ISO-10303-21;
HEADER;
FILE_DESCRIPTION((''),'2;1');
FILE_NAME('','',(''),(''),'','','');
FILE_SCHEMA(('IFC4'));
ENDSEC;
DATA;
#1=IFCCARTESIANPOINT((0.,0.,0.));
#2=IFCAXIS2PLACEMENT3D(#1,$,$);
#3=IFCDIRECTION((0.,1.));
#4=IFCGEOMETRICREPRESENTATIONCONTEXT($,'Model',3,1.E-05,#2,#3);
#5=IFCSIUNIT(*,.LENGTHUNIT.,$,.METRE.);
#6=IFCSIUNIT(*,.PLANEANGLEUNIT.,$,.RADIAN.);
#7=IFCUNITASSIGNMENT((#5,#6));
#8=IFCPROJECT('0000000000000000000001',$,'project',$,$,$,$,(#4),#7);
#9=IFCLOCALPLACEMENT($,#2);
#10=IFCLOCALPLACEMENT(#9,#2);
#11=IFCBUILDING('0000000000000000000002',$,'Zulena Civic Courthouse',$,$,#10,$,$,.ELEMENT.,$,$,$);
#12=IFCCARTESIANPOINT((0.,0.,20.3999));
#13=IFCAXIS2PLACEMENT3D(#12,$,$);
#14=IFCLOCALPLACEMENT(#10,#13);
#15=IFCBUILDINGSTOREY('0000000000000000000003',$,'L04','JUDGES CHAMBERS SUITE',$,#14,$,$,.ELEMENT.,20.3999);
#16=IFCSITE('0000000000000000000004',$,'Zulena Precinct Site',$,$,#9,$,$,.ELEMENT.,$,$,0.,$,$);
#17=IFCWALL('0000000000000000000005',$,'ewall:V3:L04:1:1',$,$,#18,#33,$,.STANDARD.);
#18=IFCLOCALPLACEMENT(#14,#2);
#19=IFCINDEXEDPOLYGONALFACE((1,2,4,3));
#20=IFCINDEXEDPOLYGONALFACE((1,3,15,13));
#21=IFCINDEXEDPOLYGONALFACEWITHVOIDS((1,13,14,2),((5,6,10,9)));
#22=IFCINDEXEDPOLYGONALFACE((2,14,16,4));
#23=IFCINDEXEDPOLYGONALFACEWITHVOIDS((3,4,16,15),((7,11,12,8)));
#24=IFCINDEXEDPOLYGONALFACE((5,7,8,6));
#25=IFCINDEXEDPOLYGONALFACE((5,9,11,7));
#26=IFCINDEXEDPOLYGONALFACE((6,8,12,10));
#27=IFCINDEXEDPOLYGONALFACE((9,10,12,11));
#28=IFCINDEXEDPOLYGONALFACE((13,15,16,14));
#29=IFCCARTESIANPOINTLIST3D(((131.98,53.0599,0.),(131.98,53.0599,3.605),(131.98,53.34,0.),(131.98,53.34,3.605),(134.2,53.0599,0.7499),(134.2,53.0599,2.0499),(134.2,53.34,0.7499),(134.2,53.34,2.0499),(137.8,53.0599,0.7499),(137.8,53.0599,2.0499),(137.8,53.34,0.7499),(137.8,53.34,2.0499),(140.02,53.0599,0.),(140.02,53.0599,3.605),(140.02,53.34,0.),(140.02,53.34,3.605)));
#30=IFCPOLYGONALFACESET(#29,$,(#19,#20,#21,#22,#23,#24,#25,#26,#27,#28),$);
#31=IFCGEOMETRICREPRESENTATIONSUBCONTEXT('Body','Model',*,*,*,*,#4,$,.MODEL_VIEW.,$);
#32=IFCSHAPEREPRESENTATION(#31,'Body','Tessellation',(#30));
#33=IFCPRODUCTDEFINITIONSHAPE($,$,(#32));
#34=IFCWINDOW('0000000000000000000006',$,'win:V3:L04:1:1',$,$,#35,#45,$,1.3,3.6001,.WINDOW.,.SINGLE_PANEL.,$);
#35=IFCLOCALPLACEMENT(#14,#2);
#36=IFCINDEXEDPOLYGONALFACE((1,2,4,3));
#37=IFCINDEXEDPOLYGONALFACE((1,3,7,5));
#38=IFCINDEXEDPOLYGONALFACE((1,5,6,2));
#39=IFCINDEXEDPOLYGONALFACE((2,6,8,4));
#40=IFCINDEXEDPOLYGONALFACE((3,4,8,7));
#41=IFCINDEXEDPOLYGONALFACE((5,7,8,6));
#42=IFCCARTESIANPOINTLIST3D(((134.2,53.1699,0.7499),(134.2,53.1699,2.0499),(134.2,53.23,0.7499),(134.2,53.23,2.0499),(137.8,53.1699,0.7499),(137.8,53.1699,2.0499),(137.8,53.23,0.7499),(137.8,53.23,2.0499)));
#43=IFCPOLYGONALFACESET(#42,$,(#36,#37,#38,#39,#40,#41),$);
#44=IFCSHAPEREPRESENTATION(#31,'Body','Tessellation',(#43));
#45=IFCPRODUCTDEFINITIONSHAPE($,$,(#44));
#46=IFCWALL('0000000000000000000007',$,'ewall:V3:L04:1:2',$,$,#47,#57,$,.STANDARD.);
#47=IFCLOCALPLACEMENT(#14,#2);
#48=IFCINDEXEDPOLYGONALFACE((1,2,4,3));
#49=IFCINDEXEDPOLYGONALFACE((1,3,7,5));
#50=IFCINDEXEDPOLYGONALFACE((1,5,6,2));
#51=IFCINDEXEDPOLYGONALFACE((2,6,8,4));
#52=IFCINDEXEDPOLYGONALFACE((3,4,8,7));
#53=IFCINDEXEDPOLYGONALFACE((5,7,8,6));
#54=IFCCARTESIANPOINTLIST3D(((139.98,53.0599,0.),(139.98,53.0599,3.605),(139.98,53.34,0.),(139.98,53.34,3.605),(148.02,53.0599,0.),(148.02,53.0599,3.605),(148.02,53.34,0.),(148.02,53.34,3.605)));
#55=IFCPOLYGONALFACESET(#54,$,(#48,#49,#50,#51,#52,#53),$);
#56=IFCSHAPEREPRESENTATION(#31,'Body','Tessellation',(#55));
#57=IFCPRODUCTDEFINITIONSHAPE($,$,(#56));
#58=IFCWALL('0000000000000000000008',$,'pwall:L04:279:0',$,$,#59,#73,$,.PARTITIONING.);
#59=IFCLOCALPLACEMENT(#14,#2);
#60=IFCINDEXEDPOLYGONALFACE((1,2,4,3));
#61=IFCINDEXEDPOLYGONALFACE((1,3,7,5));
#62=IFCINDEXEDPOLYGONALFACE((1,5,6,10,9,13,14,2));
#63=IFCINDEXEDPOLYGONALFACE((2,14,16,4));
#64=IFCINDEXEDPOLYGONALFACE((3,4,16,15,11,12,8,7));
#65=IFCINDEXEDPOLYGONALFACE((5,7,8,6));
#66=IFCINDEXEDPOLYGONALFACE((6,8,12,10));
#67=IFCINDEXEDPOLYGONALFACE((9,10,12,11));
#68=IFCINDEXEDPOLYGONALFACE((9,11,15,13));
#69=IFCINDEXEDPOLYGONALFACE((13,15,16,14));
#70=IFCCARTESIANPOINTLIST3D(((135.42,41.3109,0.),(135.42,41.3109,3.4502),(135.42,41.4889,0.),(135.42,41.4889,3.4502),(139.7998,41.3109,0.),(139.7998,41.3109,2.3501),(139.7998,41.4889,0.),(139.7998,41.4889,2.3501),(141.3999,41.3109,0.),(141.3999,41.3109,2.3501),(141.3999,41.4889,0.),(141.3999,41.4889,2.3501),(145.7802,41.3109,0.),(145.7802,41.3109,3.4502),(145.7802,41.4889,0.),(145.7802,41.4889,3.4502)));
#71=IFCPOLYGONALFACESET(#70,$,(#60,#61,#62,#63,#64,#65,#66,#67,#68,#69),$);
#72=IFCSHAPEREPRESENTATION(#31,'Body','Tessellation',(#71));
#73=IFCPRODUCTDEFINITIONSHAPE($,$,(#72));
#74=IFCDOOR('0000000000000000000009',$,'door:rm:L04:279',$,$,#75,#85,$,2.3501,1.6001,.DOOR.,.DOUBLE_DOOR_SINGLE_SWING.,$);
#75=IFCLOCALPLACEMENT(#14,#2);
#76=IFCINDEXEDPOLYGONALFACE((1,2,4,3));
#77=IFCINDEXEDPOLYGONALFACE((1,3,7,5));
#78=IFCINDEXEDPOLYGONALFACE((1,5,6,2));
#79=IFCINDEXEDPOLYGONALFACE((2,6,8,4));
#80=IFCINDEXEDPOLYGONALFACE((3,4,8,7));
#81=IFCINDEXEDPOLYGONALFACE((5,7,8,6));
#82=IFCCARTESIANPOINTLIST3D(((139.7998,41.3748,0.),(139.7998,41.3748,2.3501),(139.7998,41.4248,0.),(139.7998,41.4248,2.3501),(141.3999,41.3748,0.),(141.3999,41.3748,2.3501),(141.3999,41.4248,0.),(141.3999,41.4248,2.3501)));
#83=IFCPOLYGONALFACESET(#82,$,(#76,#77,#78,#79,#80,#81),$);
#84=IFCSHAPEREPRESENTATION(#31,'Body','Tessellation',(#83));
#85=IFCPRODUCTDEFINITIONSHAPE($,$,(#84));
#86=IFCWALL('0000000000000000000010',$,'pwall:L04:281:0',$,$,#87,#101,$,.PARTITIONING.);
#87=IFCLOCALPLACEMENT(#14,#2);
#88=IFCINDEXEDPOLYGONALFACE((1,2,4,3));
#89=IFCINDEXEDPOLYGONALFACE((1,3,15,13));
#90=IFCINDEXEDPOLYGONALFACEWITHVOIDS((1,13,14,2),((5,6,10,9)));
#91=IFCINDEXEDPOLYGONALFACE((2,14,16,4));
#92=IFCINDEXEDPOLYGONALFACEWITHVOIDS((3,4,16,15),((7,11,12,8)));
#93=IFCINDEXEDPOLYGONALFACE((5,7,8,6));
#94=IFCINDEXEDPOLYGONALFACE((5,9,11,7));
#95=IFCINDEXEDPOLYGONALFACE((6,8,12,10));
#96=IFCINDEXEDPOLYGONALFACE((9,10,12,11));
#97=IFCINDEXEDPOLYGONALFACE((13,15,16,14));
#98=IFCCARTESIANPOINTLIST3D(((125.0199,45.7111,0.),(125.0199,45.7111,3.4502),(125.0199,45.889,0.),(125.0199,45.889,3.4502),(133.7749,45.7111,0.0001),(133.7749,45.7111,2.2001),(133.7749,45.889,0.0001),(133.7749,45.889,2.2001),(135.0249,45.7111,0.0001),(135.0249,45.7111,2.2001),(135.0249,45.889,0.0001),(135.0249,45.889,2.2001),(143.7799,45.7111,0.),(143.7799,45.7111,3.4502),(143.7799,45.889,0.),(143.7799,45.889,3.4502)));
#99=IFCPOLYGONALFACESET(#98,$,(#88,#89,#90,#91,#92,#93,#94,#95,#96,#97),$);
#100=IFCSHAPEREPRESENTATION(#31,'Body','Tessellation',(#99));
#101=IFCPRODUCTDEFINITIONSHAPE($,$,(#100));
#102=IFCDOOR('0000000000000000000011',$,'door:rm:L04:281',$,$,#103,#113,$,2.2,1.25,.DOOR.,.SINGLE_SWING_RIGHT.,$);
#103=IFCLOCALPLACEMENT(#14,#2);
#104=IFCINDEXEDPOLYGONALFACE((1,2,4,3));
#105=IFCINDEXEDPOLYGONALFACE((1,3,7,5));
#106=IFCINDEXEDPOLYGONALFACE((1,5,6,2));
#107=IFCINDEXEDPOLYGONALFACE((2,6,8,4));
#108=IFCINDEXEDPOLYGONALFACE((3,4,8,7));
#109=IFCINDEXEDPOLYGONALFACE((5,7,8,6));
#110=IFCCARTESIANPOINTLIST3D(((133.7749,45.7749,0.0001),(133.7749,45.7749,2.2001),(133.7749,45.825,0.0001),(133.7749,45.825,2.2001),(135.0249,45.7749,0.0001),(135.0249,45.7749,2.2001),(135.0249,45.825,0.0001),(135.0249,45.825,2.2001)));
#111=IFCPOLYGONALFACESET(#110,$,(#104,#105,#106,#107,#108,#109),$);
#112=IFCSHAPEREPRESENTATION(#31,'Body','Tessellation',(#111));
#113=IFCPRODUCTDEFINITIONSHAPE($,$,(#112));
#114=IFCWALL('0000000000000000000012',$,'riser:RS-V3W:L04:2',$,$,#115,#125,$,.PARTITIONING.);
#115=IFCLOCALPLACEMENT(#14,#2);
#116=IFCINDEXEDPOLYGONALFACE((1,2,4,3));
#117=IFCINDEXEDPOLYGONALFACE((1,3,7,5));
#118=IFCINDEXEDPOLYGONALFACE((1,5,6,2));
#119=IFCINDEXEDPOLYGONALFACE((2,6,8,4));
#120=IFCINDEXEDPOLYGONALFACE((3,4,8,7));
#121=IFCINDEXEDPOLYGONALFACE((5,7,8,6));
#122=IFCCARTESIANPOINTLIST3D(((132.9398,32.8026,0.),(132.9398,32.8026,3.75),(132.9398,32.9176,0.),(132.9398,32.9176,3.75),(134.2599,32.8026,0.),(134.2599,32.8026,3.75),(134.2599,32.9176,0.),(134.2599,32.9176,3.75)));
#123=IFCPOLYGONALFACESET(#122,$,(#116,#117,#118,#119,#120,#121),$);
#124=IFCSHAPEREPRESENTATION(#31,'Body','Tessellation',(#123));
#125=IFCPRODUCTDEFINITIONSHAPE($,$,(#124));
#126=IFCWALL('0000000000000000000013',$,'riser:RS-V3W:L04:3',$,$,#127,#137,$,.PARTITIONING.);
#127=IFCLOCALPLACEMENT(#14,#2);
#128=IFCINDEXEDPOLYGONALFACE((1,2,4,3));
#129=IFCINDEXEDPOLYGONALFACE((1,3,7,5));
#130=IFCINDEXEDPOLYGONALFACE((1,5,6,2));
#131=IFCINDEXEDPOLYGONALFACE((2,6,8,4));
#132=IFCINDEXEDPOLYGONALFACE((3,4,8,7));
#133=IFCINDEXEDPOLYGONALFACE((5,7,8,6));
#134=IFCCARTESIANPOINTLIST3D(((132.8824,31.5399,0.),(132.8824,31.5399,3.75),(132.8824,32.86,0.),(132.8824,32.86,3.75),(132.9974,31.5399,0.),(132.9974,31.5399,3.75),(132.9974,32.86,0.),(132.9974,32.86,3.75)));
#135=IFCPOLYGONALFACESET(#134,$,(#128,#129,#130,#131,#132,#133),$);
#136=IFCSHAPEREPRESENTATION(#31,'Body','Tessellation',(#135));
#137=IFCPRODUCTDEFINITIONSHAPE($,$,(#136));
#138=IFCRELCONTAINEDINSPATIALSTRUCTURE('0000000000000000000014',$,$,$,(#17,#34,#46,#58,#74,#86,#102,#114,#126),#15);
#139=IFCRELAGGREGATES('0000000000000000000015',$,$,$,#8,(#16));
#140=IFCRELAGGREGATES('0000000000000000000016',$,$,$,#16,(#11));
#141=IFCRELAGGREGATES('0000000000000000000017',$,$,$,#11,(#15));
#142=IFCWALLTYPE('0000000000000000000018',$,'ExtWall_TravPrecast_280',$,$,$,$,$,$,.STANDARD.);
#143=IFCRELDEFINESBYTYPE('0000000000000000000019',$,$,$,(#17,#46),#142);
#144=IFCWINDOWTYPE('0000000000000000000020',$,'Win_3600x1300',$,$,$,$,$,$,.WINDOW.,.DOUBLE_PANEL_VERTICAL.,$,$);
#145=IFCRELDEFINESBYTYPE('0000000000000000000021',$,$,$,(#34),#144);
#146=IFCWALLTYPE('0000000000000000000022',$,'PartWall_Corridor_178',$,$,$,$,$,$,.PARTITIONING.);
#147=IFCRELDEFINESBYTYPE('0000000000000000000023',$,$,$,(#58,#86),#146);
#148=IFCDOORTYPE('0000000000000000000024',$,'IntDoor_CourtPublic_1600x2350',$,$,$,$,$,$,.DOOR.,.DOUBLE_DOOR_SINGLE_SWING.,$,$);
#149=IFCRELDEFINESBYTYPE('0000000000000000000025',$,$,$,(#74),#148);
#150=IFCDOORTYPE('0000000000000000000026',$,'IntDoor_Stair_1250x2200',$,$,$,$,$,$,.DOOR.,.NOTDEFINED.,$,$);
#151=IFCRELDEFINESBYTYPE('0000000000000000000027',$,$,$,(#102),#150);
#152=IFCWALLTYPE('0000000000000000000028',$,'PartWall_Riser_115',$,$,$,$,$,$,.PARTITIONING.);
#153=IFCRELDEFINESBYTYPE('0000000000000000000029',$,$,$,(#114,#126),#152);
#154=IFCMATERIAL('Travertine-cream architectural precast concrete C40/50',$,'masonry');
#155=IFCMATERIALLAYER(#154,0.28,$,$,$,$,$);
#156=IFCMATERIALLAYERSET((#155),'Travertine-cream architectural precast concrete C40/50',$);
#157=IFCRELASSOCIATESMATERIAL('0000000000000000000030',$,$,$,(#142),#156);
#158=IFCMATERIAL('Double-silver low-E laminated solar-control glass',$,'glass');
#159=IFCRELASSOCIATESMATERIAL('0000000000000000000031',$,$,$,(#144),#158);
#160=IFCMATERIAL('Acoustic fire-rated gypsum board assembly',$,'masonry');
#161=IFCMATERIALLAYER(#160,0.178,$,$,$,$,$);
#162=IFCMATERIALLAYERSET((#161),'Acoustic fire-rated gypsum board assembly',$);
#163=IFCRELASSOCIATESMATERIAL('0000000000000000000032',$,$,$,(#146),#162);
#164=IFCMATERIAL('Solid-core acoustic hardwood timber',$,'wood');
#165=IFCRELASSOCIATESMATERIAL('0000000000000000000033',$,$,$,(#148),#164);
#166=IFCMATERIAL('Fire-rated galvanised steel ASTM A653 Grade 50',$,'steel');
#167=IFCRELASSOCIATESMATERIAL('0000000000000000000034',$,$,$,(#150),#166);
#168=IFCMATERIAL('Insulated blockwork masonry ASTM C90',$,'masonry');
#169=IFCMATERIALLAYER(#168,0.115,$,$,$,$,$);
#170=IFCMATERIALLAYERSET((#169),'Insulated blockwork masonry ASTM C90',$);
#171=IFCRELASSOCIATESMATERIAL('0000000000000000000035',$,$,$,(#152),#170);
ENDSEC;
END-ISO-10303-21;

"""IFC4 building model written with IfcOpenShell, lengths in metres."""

from ifc_helpers import new_model, si_unit, direction, frame, frame_2d, origin, place, context, subcontext, project, spatial, rectangle, extrude, material, layer, layer_set, type_object, element, fill, save


model = new_model("IFC4")

# Units and contexts
model_context = context("Model", 3, precision=1e-05, world=origin(), true_north=direction((0.0, 1.0)))
body_context = subcontext(model_context, "Body", "Model", "MODEL_VIEW")
ifc_project = project(units=[si_unit("LENGTHUNIT", "METRE"), si_unit("PLANEANGLEUNIT", "RADIAN")], contexts=[model_context])

# Site, building, storey
site_placement = place(None, origin())
site = spatial("IfcSite", under=ifc_project, at=site_placement, Name="Zulena Precinct Site", CompositionType="ELEMENT", RefElevation=0.0)
building_placement = place(site_placement, origin())
building = spatial("IfcBuilding", under=site, at=building_placement, Name="Zulena Civic Courthouse", CompositionType="ELEMENT")
storey_placement = place(building_placement, frame((0.0, 0.0, 20.3999)))
storey = spatial("IfcBuildingStorey", under=building, at=storey_placement, Name="L04", Description="JUDGES CHAMBERS SUITE", CompositionType="ELEMENT", Elevation=20.3999)

# Shared definitions
ifc_material_1 = material(Name="Fire-rated galvanised steel ASTM A653 Grade 50", Category="steel")

# Wall, opening, window
ifc_material_2 = material(Name="Travertine-cream architectural precast concrete C40/50", Category="masonry")
ifc_layer_1 = layer(ifc_material_2, 0.28)
ifc_layer_set_1 = layer_set([ifc_layer_1], Name="Travertine-cream architectural precast concrete C40/50")
wall_type_1 = type_object("IfcWallType", Name="ExtWall_TravPrecast_280", PredefinedType="STANDARD", material=ifc_layer_set_1)
wall_1_placement = place(storey_placement, frame((131.98, 53.2, 0.0), z_axis=(0.0, 0.0, 1.0), x_axis=(1.0, 0.0, 0.0)))
wall_1 = element("IfcWall", 1, at=wall_1_placement, inside=storey, type_object=wall_type_1, Name="ewall:V3:L04:1:1", PredefinedType="STANDARD", context=body_context, shape_type="SweptSolid", body=[
    extrude(rectangle(XDim=8.04, YDim=0.28, at=frame_2d((4.02, 0.0))), origin(), (0.0, 0.0, 1.0), 3.605),
])
opening_1_placement = place(wall_1_placement, frame((2.22, 0.0, 0.75)))
opening_1 = element("IfcOpeningElement", 2, at=opening_1_placement, cuts=wall_1, PredefinedType="OPENING", context=body_context, shape_type="SweptSolid", body=[
    extrude(rectangle(XDim=3.6001, YDim=1.3, at=frame_2d((1.8, 0.6499))), frame((0.0, 0.1499, 0.0), z_axis=(0.0, -1.0, 0.0), x_axis=(1.0, 0.0, 0.0)), (0.0, 0.0, 1.0), 0.3),
])
ifc_material_3 = material(Name="Double-silver low-E laminated solar-control glass", Category="glass")
window_type = type_object("IfcWindowType", Name="Win_3600x1300", PartitioningType="DOUBLE_PANEL_VERTICAL", PredefinedType="WINDOW", material=ifc_material_3)
window_placement = place(opening_1_placement, origin())
window = element("IfcWindow", 3, at=window_placement, inside=storey, type_object=window_type, Name="win:V3:L04:1:1", OverallHeight=1.3, OverallWidth=3.6001, PartitioningType="SINGLE_PANEL", PredefinedType="WINDOW", context=body_context, shape_type="SweptSolid", body=[
    extrude(rectangle(XDim=3.6001, YDim=1.3, at=frame_2d((1.8, 0.6499))), frame((0.0, 0.03, 0.0), z_axis=(0.0, -1.0, 0.0), x_axis=(1.0, 0.0, 0.0)), (0.0, 0.0, 1.0), 0.0601),
])
fill(opening_1, window)

# Wall
wall_2_placement = place(storey_placement, frame((139.98, 53.2, 0.0), z_axis=(0.0, 0.0, 1.0), x_axis=(1.0, 0.0, 0.0)))
element("IfcWall", 4, at=wall_2_placement, inside=storey, type_object=wall_type_1, Name="ewall:V3:L04:1:2", PredefinedType="STANDARD", context=body_context, shape_type="SweptSolid", body=[
    extrude(rectangle(XDim=8.04, YDim=0.28, at=frame_2d((4.02, 0.0))), origin(), (0.0, 0.0, 1.0), 3.605),
])

# Walls, openings, doors
ifc_material_4 = material(Name="Acoustic fire-rated gypsum board assembly", Category="masonry")
ifc_layer_2 = layer(ifc_material_4, 0.178)
ifc_layer_set_2 = layer_set([ifc_layer_2], Name="Acoustic fire-rated gypsum board assembly")
wall_type_2 = type_object("IfcWallType", Name="PartWall_Corridor_178", PredefinedType="PARTITIONING", material=ifc_layer_set_2)
wall_3_placement = place(storey_placement, frame((135.4199, 41.3999, 0.0), z_axis=(0.0, 0.0, 1.0), x_axis=(1.0, 0.0, 0.0)))
wall_3 = element("IfcWall", 5, at=wall_3_placement, inside=storey, type_object=wall_type_2, Name="pwall:L04:279:0", PredefinedType="PARTITIONING", context=body_context, shape_type="SweptSolid", body=[
    extrude(rectangle(XDim=10.3601, YDim=0.178, at=frame_2d((5.1802, 0.0))), origin(), (0.0, 0.0, 1.0), 3.4502),
])
opening_2_placement = place(wall_3_placement, frame((4.3799, 0.0, 0.0)))
opening_2 = element("IfcOpeningElement", 6, at=opening_2_placement, cuts=wall_3, PredefinedType="OPENING", context=body_context, shape_type="SweptSolid", body=[
    extrude(rectangle(XDim=1.6001, YDim=2.3501, at=frame_2d((0.8, 1.175))), frame((0.0, 0.0989, 0.0), z_axis=(0.0, -1.0, 0.0), x_axis=(1.0, 0.0, 0.0)), (0.0, 0.0, 1.0), 0.198),
])
ifc_material_5 = material(Name="Solid-core acoustic hardwood timber", Category="wood")
door_type_1 = type_object("IfcDoorType", Name="IntDoor_CourtPublic_1600x2350", OperationType="DOUBLE_DOOR_SINGLE_SWING", PredefinedType="DOOR", material=ifc_material_5)
door_1_placement = place(opening_2_placement, origin())
door_1 = element("IfcDoor", 7, at=door_1_placement, inside=storey, type_object=door_type_1, Name="door:rm:L04:279", OperationType="DOUBLE_DOOR_SINGLE_SWING", OverallHeight=2.3501, OverallWidth=1.6001, PredefinedType="DOOR", context=body_context, shape_type="SweptSolid", body=[
    extrude(rectangle(XDim=1.6001, YDim=2.3501, at=frame_2d((0.8, 1.175))), frame((0.0, 0.0249, 0.0), z_axis=(0.0, -1.0, 0.0), x_axis=(1.0, 0.0, 0.0)), (0.0, 0.0, 1.0), 0.05),
])
fill(opening_2, door_1)
wall_4_placement = place(storey_placement, frame((125.02, 45.8, 0.0), z_axis=(0.0, 0.0, 1.0), x_axis=(1.0, 0.0, 0.0)))
wall_4 = element("IfcWall", 8, at=wall_4_placement, inside=storey, type_object=wall_type_2, Name="pwall:L04:281:0", PredefinedType="PARTITIONING", context=body_context, shape_type="SweptSolid", body=[
    extrude(rectangle(XDim=18.76, YDim=0.178, at=frame_2d((9.3799, 0.0))), origin(), (0.0, 0.0, 1.0), 3.4502),
])
opening_3_placement = place(wall_4_placement, frame((8.7549, 0.0, 0.0)))
opening_3 = element("IfcOpeningElement", 9, at=opening_3_placement, cuts=wall_4, PredefinedType="OPENING", context=body_context, shape_type="SweptSolid", body=[
    extrude(rectangle(XDim=1.25, YDim=2.2, at=frame_2d((0.625, 1.1001))), frame((0.0, 0.0989, 0.0), z_axis=(0.0, -1.0, 0.0), x_axis=(1.0, 0.0, 0.0)), (0.0, 0.0, 1.0), 0.198),
])
door_type_2 = type_object("IfcDoorType", Name="IntDoor_Stair_1250x2200", OperationType="NOTDEFINED", PredefinedType="DOOR", material=ifc_material_1)
door_2_placement = place(opening_3_placement, origin())
door_2 = element("IfcDoor", 10, at=door_2_placement, inside=storey, type_object=door_type_2, Name="door:rm:L04:281", OperationType="SINGLE_SWING_RIGHT", OverallHeight=2.2, OverallWidth=1.25, PredefinedType="DOOR", context=body_context, shape_type="SweptSolid", body=[
    extrude(rectangle(XDim=1.25, YDim=2.2, at=frame_2d((0.625, 1.1001))), frame((0.0, 0.0249, 0.0), z_axis=(0.0, -1.0, 0.0), x_axis=(1.0, 0.0, 0.0)), (0.0, 0.0, 1.0), 0.05),
])
fill(opening_3, door_2)

# Walls
ifc_material_6 = material(Name="Insulated blockwork masonry ASTM C90", Category="masonry")
ifc_layer_3 = layer(ifc_material_6, 0.115)
ifc_layer_set_3 = layer_set([ifc_layer_3], Name="Insulated blockwork masonry ASTM C90")
wall_type_3 = type_object("IfcWallType", Name="PartWall_Riser_115", PredefinedType="PARTITIONING", material=ifc_layer_set_3)
for number, where, z_axis, x_axis, name in (
    (11, (134.26, 32.8601, 0.0), (0.0, 0.0, 1.0), (-1.0, 0.0, 0.0), "riser:RS-V3W:L04:2"),
    (12, (132.9399, 32.8601, 0.0), (0.0, 0.0, 1.0), (0.0, -1.0, 0.0), "riser:RS-V3W:L04:3"),
):
    element("IfcWall", number, at=place(storey_placement, frame(where, z_axis=z_axis, x_axis=x_axis)), inside=storey, type_object=wall_type_3, Name=name, PredefinedType="PARTITIONING", context=body_context, shape_type="SweptSolid", body=[
        extrude(rectangle(XDim=1.3201, YDim=0.115, at=frame_2d((0.6602, 0.0))), origin(), (0.0, 0.0, 1.0), 3.75),
    ])

save(model, "model.ifc")
